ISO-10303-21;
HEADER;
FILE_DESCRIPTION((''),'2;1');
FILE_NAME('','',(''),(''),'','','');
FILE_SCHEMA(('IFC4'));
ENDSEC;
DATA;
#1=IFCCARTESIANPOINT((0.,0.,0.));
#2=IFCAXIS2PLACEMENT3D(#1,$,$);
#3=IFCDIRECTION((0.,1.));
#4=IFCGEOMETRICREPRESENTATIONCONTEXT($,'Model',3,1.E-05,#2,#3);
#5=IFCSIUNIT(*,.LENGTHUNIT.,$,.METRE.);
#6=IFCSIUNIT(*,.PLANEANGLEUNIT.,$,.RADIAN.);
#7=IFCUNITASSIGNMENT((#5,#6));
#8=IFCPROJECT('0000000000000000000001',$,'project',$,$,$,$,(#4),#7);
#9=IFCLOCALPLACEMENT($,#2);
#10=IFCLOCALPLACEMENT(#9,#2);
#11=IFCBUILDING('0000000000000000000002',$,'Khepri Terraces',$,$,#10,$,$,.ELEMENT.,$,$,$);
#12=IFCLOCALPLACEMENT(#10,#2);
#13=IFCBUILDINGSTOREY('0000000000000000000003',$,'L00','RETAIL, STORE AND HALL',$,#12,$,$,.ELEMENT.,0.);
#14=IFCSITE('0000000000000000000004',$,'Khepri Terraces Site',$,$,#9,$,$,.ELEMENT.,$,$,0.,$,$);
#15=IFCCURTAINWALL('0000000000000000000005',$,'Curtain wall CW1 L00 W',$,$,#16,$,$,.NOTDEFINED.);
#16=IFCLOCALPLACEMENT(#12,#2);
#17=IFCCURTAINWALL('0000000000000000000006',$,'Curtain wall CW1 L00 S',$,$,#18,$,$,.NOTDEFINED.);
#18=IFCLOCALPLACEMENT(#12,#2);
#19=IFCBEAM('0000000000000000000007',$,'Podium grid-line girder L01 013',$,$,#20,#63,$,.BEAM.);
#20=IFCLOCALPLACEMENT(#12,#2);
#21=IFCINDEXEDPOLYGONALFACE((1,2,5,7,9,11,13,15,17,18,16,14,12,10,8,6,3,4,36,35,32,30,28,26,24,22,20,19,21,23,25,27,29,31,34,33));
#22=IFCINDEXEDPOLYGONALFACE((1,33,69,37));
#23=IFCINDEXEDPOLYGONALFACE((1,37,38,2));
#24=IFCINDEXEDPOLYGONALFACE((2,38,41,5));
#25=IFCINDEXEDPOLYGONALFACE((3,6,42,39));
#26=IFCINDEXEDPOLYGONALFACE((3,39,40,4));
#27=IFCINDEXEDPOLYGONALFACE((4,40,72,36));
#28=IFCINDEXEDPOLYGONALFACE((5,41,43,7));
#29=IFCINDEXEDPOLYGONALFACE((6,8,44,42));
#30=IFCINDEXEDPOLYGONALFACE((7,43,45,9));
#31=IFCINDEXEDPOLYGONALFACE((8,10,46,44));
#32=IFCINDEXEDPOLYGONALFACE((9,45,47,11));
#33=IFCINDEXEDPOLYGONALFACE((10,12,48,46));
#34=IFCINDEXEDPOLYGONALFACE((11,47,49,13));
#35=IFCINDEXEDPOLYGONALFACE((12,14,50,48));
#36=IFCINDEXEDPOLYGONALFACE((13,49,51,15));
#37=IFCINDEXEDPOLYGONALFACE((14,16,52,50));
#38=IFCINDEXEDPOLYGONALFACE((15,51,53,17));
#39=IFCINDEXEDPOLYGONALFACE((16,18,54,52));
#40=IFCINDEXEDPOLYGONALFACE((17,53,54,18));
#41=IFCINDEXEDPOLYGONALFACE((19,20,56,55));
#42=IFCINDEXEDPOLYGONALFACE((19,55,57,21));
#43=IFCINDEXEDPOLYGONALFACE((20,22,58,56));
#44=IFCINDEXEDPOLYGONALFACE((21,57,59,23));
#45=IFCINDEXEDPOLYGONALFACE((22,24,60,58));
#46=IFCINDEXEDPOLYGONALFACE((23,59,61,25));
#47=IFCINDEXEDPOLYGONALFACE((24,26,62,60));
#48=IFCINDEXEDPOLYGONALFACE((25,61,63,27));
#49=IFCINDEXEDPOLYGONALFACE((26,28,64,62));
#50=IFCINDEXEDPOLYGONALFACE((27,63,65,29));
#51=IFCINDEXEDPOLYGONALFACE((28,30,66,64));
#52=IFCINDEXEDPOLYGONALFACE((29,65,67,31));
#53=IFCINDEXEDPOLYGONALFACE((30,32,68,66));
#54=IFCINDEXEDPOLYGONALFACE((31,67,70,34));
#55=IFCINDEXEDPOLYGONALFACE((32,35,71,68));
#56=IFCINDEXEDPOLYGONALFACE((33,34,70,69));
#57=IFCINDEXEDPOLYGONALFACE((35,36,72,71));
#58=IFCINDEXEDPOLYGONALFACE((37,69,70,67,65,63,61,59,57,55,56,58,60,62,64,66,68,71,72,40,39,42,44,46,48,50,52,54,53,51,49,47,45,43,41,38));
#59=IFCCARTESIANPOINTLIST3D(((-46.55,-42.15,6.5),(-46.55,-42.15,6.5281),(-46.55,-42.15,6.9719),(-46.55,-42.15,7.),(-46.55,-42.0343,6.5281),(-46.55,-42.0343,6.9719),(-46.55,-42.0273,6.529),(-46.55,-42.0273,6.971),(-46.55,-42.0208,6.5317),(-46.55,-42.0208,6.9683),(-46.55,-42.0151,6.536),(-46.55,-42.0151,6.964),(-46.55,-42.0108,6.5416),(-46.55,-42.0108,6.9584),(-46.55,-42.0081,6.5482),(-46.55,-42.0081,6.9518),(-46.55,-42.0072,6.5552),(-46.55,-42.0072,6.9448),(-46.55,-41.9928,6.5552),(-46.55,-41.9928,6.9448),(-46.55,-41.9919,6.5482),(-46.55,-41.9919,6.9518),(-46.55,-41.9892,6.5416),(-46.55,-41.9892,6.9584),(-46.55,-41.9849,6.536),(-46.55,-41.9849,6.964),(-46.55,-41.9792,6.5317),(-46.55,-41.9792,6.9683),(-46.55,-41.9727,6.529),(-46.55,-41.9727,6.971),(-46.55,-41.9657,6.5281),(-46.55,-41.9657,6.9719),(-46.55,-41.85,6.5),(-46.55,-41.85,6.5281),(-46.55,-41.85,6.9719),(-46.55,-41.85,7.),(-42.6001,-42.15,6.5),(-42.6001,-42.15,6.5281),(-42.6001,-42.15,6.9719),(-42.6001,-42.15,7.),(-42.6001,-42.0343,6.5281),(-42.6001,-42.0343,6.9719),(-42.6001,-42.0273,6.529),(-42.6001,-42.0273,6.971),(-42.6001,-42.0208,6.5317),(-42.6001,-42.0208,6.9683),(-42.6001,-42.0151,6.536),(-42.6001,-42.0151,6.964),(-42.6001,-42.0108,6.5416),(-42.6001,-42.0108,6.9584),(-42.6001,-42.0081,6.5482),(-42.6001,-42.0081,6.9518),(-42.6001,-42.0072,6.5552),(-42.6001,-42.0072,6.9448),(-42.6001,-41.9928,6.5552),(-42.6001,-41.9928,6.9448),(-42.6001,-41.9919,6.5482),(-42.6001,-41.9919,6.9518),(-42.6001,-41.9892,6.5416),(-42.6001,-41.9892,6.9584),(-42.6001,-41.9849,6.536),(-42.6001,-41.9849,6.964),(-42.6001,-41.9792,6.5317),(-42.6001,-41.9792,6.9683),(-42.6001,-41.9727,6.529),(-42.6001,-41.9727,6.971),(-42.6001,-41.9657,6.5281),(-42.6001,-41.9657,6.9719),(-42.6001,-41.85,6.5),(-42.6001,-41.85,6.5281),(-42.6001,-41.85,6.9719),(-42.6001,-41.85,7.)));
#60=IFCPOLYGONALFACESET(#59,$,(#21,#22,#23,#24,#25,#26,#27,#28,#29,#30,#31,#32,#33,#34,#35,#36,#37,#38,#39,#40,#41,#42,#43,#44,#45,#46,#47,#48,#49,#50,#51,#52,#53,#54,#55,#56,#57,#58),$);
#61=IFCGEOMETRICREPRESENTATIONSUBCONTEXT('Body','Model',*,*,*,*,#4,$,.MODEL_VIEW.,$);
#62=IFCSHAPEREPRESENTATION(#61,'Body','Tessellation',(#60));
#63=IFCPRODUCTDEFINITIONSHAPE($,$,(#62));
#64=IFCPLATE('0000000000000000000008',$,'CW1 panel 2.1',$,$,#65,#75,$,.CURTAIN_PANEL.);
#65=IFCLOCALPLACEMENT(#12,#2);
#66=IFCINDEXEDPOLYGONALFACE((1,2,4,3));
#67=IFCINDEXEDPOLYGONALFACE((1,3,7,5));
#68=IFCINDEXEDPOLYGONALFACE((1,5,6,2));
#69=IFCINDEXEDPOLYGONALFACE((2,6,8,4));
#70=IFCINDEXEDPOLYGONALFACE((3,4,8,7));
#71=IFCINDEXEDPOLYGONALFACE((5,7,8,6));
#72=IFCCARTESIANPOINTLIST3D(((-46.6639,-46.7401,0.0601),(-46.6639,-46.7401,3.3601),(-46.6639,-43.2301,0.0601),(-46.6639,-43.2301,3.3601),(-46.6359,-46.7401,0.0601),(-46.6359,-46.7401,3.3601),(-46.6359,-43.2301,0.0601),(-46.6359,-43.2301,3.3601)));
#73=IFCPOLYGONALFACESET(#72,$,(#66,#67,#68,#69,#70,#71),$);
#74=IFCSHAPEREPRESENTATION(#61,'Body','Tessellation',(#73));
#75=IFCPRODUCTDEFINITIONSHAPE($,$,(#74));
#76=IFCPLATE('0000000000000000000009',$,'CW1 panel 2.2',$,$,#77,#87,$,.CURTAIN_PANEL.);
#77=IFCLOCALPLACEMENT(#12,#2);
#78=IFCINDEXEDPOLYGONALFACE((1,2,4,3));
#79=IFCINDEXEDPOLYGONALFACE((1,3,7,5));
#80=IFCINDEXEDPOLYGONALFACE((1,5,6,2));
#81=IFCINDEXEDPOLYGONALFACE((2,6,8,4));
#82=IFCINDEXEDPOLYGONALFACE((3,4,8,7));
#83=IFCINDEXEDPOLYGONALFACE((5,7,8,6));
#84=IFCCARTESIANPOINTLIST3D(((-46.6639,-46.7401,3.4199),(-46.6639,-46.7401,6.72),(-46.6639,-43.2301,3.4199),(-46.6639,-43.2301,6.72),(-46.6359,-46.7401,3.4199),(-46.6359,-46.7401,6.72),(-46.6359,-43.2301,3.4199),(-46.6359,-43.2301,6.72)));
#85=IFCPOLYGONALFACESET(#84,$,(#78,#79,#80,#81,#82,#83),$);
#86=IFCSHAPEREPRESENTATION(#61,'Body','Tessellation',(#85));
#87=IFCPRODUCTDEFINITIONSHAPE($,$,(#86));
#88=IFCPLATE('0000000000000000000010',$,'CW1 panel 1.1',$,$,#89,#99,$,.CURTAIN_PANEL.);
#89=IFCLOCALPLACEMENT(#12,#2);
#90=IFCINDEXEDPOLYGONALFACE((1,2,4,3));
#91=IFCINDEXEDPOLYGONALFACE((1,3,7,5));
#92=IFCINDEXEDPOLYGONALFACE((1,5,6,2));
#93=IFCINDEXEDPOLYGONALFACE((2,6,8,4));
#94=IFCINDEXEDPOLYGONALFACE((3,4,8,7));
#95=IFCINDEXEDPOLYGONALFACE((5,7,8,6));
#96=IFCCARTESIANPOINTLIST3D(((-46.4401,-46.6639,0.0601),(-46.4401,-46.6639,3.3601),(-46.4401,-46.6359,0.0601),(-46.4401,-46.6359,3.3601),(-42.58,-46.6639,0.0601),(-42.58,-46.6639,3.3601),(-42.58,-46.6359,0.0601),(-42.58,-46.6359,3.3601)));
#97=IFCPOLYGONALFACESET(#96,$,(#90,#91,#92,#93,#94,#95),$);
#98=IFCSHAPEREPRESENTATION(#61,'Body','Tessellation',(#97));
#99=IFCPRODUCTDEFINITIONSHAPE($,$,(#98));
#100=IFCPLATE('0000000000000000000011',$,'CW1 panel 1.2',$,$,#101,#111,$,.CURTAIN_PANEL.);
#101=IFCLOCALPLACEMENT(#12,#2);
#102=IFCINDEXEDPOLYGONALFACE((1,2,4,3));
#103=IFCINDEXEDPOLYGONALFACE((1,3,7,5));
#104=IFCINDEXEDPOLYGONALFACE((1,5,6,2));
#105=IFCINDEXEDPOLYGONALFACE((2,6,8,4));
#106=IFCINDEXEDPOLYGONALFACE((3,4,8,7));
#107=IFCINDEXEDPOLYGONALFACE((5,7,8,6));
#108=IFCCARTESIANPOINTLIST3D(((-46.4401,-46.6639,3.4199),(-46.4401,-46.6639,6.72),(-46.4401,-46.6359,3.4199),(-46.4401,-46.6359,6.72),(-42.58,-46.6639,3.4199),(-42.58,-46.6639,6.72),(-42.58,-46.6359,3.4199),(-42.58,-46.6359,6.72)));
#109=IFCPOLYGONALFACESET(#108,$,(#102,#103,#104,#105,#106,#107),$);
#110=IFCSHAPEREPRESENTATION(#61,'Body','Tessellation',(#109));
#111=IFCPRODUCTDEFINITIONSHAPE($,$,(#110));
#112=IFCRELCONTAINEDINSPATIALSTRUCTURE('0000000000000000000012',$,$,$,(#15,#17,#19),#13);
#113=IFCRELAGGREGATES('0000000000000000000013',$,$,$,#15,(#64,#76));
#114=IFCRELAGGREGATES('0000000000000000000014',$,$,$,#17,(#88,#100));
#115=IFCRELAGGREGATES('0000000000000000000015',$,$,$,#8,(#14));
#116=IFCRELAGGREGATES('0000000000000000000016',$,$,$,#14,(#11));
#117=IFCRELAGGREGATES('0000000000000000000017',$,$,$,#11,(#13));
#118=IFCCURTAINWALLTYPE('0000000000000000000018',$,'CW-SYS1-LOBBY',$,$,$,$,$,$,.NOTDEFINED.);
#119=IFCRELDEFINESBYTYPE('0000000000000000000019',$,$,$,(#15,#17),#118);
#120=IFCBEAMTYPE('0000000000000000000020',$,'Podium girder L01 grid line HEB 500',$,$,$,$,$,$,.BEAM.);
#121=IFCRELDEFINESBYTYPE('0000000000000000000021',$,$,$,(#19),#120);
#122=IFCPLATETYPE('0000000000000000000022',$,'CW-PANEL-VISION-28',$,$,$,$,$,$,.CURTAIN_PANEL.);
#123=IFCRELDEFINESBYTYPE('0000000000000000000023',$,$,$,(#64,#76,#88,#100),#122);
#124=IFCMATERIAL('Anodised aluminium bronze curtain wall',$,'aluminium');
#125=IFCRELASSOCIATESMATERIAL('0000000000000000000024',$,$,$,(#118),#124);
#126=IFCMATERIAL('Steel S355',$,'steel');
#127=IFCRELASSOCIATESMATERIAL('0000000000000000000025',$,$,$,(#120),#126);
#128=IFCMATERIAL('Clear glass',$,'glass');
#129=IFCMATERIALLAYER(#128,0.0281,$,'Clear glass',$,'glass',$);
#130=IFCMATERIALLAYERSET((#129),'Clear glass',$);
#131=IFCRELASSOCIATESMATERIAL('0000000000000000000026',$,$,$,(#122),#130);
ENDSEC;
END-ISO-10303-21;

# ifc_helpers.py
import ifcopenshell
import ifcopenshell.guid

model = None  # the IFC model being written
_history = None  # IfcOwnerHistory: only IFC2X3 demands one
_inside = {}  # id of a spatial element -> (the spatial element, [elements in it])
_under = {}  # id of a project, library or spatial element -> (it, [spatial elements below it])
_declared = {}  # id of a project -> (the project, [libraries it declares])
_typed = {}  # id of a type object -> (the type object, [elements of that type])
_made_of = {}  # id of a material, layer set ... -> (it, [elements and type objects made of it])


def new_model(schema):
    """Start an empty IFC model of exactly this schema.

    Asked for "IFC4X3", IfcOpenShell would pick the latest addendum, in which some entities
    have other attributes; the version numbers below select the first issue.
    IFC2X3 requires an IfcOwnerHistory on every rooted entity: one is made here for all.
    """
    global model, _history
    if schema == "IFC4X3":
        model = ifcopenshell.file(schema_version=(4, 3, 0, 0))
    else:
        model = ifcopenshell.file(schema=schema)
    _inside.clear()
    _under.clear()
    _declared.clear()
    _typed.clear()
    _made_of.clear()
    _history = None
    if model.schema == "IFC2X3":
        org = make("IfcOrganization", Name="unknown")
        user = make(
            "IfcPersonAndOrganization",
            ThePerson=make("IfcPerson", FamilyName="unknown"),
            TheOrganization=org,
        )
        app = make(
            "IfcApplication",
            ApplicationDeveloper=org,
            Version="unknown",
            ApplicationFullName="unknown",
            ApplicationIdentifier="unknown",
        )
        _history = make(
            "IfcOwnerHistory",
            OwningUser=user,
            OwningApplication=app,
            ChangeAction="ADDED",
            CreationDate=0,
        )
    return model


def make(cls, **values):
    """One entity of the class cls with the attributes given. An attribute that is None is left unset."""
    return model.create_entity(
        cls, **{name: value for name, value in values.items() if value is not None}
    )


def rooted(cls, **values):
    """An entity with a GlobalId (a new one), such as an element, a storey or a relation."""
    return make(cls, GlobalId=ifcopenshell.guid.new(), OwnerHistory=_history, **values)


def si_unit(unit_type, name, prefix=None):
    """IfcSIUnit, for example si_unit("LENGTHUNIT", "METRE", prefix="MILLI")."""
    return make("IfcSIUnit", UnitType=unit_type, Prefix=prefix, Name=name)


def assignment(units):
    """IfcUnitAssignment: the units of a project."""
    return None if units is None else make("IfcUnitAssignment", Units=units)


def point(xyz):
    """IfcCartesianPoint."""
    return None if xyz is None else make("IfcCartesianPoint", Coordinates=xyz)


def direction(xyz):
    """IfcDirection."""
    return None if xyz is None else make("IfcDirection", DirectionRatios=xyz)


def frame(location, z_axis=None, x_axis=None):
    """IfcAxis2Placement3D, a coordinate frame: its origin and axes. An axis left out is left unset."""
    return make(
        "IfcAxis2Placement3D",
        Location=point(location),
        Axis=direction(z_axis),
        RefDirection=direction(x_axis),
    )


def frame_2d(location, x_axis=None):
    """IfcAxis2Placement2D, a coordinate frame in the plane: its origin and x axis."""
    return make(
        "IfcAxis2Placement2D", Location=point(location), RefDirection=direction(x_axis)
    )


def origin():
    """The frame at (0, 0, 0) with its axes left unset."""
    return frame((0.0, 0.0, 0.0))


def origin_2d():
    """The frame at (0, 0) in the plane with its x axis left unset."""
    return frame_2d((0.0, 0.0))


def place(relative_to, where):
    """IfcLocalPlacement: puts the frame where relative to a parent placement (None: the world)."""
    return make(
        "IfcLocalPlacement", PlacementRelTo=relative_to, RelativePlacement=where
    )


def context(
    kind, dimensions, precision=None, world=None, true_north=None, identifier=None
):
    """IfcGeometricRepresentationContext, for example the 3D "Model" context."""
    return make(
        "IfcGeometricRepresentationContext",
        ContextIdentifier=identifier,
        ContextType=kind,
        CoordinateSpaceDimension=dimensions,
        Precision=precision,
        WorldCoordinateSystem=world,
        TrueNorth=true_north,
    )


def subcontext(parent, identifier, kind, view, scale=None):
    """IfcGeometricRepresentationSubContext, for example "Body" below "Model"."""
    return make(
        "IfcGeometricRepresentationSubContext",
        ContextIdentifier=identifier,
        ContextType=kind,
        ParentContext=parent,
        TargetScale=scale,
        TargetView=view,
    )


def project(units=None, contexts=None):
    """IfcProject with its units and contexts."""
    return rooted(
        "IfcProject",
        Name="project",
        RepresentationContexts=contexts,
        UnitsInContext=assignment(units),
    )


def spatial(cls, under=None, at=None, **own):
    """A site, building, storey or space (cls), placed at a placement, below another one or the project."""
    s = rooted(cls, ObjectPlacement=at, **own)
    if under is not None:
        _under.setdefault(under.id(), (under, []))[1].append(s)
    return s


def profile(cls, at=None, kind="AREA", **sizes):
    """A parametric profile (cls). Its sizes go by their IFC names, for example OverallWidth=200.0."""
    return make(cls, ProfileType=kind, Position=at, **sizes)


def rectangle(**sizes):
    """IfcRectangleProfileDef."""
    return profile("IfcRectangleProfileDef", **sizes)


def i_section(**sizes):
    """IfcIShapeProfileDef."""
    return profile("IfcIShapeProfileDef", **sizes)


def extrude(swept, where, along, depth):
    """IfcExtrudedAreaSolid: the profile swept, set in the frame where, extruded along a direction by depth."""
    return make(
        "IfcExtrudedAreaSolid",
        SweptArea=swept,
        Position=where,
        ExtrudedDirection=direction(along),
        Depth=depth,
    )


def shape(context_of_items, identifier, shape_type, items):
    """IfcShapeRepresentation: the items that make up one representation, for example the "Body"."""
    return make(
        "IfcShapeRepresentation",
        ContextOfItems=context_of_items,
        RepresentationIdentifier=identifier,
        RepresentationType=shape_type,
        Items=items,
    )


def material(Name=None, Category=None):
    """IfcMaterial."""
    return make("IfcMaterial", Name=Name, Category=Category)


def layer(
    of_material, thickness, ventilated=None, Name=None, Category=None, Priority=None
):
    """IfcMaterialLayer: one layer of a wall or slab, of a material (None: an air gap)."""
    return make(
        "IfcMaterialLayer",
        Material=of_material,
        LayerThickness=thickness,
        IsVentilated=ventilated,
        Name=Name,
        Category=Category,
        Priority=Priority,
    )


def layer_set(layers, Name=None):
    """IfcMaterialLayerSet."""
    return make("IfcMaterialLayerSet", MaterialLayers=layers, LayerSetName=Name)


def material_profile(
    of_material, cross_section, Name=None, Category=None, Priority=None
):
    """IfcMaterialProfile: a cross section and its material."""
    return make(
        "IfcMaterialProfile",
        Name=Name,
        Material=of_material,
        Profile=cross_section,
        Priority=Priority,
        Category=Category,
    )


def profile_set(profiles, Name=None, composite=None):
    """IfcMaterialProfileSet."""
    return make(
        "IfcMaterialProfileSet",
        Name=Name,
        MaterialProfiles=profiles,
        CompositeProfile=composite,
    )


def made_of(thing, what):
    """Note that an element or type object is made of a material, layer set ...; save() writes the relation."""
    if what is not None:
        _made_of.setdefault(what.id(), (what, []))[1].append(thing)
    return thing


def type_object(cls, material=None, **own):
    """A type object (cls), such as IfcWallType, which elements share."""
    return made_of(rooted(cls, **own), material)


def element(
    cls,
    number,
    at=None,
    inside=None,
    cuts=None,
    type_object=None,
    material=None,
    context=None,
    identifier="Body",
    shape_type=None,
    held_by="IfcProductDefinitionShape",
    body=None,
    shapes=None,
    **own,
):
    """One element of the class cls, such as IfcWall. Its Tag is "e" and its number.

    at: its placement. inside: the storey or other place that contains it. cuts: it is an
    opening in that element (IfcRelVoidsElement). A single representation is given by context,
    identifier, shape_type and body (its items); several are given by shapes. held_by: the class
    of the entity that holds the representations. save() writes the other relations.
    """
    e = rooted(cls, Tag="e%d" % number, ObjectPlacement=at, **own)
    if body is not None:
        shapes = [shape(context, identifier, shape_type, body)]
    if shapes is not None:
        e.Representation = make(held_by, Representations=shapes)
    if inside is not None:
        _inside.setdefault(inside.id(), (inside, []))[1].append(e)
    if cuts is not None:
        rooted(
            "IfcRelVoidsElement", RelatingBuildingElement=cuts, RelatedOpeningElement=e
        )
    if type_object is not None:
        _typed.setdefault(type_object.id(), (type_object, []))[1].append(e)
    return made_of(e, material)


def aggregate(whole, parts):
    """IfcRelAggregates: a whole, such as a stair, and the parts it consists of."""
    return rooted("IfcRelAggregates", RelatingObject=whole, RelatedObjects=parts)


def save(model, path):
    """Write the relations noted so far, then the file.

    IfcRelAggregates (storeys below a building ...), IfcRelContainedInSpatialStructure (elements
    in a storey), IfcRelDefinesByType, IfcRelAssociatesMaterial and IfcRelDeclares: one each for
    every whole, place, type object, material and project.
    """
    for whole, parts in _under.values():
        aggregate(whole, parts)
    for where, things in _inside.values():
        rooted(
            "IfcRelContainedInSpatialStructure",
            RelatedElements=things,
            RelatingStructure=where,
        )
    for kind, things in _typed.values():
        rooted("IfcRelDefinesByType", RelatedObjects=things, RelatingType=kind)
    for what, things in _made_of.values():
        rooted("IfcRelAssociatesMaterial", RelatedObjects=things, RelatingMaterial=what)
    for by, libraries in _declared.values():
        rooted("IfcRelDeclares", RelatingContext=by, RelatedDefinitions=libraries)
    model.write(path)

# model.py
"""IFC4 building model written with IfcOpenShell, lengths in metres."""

from ifc_helpers import new_model, si_unit, direction, frame, origin, origin_2d, place, context, subcontext, project, spatial, rectangle, i_section, extrude, material, layer, layer_set, material_profile, profile_set, type_object, element, aggregate, save


model = new_model("IFC4")

# Units and contexts
model_context = context("Model", 3, precision=1e-05, world=origin(), true_north=direction((0.0, 1.0)))
body_context = subcontext(model_context, "Body", "Model", "MODEL_VIEW")
ifc_project = project(units=[si_unit("LENGTHUNIT", "METRE"), si_unit("PLANEANGLEUNIT", "RADIAN")], contexts=[model_context])

# Site, building, storey
site_placement = place(None, origin())
site = spatial("IfcSite", under=ifc_project, at=site_placement, Name="Khepri Terraces Site", CompositionType="ELEMENT", RefElevation=0.0)
building_placement = place(site_placement, origin())
building = spatial("IfcBuilding", under=site, at=building_placement, Name="Khepri Terraces", CompositionType="ELEMENT")
storey_placement = place(building_placement, origin())
storey = spatial("IfcBuildingStorey", under=building, at=storey_placement, Name="L00", Description="RETAIL, STORE AND HALL", CompositionType="ELEMENT", Elevation=0.0)

# Curtain walls
ifc_material_1 = material(Name="Anodised aluminium bronze curtain wall", Category="aluminium")
curtain_wall_type = type_object("IfcCurtainWallType", Name="CW-SYS1-LOBBY", PredefinedType="NOTDEFINED", material=ifc_material_1)
curtain_wall_1_placement = place(storey_placement, origin())
curtain_wall_1 = element("IfcCurtainWall", 1, at=curtain_wall_1_placement, inside=storey, type_object=curtain_wall_type, Name="Curtain wall CW1 L00 W", PredefinedType="NOTDEFINED")
curtain_wall_2_placement = place(storey_placement, origin())
curtain_wall_2 = element("IfcCurtainWall", 2, at=curtain_wall_2_placement, inside=storey, type_object=curtain_wall_type, Name="Curtain wall CW1 L00 S", PredefinedType="NOTDEFINED")

# Beam
ifc_material_2 = material(Name="Steel S355", Category="steel")
ifc_material_profile_1 = material_profile(ifc_material_2, i_section(OverallWidth=0.3, OverallDepth=0.5, WebThickness=0.0144, FlangeThickness=0.0281, FilletRadius=0.0271, at=origin_2d()), Name="Steel S355", Category="steel")
ifc_profile_set_1 = profile_set([ifc_material_profile_1], Name="Steel S355")
beam_type_1 = type_object("IfcBeamType", Name="Podium girder L01 grid line HEB 500", PredefinedType="BEAM", material=ifc_profile_set_1)
beam_1_placement = place(storey_placement, frame((-46.55, -42.0, 6.75), z_axis=(1.0, 0.0, 0.0), x_axis=(0.0, 1.0, 0.0)))
element("IfcBeam", 3, at=beam_1_placement, inside=storey, type_object=beam_type_1, Name="Podium grid-line girder L01 013", PredefinedType="BEAM", context=body_context, shape_type="SweptSolid", body=[
    extrude(i_section(OverallWidth=0.3, OverallDepth=0.5, WebThickness=0.0144, FlangeThickness=0.0281, FilletRadius=0.0271, at=origin_2d()), origin(), (0.0, 0.0, 1.0), 3.95),
])

# Plates
ifc_material_3 = material(Name="Clear glass", Category="glass")
ifc_layer = layer(ifc_material_3, 0.0281, Name="Clear glass", Category="glass")
ifc_layer_set = layer_set([ifc_layer], Name="Clear glass")
plate_type = type_object("IfcPlateType", Name="CW-PANEL-VISION-28", PredefinedType="CURTAIN_PANEL", material=ifc_layer_set)
plate_1_placement = place(storey_placement, frame((-46.6499, -44.9851, 0.0601), z_axis=(0.0, 0.0, 1.0), x_axis=(0.0, -1.0, 0.0)))
plate_1 = element("IfcPlate", 4, at=plate_1_placement, type_object=plate_type, Name="CW1 panel 2.1", PredefinedType="CURTAIN_PANEL", context=body_context, shape_type="SweptSolid", body=[
    extrude(rectangle(XDim=3.51, YDim=0.0281, at=origin_2d()), origin(), (0.0, 0.0, 1.0), 3.3),
])
plate_2_placement = place(storey_placement, frame((-46.6499, -44.9851, 3.4199), z_axis=(0.0, 0.0, 1.0), x_axis=(0.0, -1.0, 0.0)))
plate_2 = element("IfcPlate", 5, at=plate_2_placement, type_object=plate_type, Name="CW1 panel 2.2", PredefinedType="CURTAIN_PANEL", context=body_context, shape_type="SweptSolid", body=[
    extrude(rectangle(XDim=3.51, YDim=0.0281, at=origin_2d()), origin(), (0.0, 0.0, 1.0), 3.3),
])
aggregate(curtain_wall_1, [plate_1, plate_2])
plate_3_placement = place(storey_placement, frame((-44.51, -46.6499, 0.0601), z_axis=(0.0, 0.0, 1.0), x_axis=(1.0, 0.0, 0.0)))
plate_3 = element("IfcPlate", 6, at=plate_3_placement, type_object=plate_type, Name="CW1 panel 1.1", PredefinedType="CURTAIN_PANEL", context=body_context, shape_type="SweptSolid", body=[
    extrude(rectangle(XDim=3.8601, YDim=0.0281, at=origin_2d()), origin(), (0.0, 0.0, 1.0), 3.3),
])
plate_4_placement = place(storey_placement, frame((-44.51, -46.6499, 3.4199), z_axis=(0.0, 0.0, 1.0), x_axis=(1.0, 0.0, 0.0)))
plate_4 = element("IfcPlate", 7, at=plate_4_placement, type_object=plate_type, Name="CW1 panel 1.2", PredefinedType="CURTAIN_PANEL", context=body_context, shape_type="SweptSolid", body=[
    extrude(rectangle(XDim=3.8601, YDim=0.0281, at=origin_2d()), origin(), (0.0, 0.0, 1.0), 3.3),
])
aggregate(curtain_wall_2, [plate_3, plate_4])

save(model, "model.ifc")
